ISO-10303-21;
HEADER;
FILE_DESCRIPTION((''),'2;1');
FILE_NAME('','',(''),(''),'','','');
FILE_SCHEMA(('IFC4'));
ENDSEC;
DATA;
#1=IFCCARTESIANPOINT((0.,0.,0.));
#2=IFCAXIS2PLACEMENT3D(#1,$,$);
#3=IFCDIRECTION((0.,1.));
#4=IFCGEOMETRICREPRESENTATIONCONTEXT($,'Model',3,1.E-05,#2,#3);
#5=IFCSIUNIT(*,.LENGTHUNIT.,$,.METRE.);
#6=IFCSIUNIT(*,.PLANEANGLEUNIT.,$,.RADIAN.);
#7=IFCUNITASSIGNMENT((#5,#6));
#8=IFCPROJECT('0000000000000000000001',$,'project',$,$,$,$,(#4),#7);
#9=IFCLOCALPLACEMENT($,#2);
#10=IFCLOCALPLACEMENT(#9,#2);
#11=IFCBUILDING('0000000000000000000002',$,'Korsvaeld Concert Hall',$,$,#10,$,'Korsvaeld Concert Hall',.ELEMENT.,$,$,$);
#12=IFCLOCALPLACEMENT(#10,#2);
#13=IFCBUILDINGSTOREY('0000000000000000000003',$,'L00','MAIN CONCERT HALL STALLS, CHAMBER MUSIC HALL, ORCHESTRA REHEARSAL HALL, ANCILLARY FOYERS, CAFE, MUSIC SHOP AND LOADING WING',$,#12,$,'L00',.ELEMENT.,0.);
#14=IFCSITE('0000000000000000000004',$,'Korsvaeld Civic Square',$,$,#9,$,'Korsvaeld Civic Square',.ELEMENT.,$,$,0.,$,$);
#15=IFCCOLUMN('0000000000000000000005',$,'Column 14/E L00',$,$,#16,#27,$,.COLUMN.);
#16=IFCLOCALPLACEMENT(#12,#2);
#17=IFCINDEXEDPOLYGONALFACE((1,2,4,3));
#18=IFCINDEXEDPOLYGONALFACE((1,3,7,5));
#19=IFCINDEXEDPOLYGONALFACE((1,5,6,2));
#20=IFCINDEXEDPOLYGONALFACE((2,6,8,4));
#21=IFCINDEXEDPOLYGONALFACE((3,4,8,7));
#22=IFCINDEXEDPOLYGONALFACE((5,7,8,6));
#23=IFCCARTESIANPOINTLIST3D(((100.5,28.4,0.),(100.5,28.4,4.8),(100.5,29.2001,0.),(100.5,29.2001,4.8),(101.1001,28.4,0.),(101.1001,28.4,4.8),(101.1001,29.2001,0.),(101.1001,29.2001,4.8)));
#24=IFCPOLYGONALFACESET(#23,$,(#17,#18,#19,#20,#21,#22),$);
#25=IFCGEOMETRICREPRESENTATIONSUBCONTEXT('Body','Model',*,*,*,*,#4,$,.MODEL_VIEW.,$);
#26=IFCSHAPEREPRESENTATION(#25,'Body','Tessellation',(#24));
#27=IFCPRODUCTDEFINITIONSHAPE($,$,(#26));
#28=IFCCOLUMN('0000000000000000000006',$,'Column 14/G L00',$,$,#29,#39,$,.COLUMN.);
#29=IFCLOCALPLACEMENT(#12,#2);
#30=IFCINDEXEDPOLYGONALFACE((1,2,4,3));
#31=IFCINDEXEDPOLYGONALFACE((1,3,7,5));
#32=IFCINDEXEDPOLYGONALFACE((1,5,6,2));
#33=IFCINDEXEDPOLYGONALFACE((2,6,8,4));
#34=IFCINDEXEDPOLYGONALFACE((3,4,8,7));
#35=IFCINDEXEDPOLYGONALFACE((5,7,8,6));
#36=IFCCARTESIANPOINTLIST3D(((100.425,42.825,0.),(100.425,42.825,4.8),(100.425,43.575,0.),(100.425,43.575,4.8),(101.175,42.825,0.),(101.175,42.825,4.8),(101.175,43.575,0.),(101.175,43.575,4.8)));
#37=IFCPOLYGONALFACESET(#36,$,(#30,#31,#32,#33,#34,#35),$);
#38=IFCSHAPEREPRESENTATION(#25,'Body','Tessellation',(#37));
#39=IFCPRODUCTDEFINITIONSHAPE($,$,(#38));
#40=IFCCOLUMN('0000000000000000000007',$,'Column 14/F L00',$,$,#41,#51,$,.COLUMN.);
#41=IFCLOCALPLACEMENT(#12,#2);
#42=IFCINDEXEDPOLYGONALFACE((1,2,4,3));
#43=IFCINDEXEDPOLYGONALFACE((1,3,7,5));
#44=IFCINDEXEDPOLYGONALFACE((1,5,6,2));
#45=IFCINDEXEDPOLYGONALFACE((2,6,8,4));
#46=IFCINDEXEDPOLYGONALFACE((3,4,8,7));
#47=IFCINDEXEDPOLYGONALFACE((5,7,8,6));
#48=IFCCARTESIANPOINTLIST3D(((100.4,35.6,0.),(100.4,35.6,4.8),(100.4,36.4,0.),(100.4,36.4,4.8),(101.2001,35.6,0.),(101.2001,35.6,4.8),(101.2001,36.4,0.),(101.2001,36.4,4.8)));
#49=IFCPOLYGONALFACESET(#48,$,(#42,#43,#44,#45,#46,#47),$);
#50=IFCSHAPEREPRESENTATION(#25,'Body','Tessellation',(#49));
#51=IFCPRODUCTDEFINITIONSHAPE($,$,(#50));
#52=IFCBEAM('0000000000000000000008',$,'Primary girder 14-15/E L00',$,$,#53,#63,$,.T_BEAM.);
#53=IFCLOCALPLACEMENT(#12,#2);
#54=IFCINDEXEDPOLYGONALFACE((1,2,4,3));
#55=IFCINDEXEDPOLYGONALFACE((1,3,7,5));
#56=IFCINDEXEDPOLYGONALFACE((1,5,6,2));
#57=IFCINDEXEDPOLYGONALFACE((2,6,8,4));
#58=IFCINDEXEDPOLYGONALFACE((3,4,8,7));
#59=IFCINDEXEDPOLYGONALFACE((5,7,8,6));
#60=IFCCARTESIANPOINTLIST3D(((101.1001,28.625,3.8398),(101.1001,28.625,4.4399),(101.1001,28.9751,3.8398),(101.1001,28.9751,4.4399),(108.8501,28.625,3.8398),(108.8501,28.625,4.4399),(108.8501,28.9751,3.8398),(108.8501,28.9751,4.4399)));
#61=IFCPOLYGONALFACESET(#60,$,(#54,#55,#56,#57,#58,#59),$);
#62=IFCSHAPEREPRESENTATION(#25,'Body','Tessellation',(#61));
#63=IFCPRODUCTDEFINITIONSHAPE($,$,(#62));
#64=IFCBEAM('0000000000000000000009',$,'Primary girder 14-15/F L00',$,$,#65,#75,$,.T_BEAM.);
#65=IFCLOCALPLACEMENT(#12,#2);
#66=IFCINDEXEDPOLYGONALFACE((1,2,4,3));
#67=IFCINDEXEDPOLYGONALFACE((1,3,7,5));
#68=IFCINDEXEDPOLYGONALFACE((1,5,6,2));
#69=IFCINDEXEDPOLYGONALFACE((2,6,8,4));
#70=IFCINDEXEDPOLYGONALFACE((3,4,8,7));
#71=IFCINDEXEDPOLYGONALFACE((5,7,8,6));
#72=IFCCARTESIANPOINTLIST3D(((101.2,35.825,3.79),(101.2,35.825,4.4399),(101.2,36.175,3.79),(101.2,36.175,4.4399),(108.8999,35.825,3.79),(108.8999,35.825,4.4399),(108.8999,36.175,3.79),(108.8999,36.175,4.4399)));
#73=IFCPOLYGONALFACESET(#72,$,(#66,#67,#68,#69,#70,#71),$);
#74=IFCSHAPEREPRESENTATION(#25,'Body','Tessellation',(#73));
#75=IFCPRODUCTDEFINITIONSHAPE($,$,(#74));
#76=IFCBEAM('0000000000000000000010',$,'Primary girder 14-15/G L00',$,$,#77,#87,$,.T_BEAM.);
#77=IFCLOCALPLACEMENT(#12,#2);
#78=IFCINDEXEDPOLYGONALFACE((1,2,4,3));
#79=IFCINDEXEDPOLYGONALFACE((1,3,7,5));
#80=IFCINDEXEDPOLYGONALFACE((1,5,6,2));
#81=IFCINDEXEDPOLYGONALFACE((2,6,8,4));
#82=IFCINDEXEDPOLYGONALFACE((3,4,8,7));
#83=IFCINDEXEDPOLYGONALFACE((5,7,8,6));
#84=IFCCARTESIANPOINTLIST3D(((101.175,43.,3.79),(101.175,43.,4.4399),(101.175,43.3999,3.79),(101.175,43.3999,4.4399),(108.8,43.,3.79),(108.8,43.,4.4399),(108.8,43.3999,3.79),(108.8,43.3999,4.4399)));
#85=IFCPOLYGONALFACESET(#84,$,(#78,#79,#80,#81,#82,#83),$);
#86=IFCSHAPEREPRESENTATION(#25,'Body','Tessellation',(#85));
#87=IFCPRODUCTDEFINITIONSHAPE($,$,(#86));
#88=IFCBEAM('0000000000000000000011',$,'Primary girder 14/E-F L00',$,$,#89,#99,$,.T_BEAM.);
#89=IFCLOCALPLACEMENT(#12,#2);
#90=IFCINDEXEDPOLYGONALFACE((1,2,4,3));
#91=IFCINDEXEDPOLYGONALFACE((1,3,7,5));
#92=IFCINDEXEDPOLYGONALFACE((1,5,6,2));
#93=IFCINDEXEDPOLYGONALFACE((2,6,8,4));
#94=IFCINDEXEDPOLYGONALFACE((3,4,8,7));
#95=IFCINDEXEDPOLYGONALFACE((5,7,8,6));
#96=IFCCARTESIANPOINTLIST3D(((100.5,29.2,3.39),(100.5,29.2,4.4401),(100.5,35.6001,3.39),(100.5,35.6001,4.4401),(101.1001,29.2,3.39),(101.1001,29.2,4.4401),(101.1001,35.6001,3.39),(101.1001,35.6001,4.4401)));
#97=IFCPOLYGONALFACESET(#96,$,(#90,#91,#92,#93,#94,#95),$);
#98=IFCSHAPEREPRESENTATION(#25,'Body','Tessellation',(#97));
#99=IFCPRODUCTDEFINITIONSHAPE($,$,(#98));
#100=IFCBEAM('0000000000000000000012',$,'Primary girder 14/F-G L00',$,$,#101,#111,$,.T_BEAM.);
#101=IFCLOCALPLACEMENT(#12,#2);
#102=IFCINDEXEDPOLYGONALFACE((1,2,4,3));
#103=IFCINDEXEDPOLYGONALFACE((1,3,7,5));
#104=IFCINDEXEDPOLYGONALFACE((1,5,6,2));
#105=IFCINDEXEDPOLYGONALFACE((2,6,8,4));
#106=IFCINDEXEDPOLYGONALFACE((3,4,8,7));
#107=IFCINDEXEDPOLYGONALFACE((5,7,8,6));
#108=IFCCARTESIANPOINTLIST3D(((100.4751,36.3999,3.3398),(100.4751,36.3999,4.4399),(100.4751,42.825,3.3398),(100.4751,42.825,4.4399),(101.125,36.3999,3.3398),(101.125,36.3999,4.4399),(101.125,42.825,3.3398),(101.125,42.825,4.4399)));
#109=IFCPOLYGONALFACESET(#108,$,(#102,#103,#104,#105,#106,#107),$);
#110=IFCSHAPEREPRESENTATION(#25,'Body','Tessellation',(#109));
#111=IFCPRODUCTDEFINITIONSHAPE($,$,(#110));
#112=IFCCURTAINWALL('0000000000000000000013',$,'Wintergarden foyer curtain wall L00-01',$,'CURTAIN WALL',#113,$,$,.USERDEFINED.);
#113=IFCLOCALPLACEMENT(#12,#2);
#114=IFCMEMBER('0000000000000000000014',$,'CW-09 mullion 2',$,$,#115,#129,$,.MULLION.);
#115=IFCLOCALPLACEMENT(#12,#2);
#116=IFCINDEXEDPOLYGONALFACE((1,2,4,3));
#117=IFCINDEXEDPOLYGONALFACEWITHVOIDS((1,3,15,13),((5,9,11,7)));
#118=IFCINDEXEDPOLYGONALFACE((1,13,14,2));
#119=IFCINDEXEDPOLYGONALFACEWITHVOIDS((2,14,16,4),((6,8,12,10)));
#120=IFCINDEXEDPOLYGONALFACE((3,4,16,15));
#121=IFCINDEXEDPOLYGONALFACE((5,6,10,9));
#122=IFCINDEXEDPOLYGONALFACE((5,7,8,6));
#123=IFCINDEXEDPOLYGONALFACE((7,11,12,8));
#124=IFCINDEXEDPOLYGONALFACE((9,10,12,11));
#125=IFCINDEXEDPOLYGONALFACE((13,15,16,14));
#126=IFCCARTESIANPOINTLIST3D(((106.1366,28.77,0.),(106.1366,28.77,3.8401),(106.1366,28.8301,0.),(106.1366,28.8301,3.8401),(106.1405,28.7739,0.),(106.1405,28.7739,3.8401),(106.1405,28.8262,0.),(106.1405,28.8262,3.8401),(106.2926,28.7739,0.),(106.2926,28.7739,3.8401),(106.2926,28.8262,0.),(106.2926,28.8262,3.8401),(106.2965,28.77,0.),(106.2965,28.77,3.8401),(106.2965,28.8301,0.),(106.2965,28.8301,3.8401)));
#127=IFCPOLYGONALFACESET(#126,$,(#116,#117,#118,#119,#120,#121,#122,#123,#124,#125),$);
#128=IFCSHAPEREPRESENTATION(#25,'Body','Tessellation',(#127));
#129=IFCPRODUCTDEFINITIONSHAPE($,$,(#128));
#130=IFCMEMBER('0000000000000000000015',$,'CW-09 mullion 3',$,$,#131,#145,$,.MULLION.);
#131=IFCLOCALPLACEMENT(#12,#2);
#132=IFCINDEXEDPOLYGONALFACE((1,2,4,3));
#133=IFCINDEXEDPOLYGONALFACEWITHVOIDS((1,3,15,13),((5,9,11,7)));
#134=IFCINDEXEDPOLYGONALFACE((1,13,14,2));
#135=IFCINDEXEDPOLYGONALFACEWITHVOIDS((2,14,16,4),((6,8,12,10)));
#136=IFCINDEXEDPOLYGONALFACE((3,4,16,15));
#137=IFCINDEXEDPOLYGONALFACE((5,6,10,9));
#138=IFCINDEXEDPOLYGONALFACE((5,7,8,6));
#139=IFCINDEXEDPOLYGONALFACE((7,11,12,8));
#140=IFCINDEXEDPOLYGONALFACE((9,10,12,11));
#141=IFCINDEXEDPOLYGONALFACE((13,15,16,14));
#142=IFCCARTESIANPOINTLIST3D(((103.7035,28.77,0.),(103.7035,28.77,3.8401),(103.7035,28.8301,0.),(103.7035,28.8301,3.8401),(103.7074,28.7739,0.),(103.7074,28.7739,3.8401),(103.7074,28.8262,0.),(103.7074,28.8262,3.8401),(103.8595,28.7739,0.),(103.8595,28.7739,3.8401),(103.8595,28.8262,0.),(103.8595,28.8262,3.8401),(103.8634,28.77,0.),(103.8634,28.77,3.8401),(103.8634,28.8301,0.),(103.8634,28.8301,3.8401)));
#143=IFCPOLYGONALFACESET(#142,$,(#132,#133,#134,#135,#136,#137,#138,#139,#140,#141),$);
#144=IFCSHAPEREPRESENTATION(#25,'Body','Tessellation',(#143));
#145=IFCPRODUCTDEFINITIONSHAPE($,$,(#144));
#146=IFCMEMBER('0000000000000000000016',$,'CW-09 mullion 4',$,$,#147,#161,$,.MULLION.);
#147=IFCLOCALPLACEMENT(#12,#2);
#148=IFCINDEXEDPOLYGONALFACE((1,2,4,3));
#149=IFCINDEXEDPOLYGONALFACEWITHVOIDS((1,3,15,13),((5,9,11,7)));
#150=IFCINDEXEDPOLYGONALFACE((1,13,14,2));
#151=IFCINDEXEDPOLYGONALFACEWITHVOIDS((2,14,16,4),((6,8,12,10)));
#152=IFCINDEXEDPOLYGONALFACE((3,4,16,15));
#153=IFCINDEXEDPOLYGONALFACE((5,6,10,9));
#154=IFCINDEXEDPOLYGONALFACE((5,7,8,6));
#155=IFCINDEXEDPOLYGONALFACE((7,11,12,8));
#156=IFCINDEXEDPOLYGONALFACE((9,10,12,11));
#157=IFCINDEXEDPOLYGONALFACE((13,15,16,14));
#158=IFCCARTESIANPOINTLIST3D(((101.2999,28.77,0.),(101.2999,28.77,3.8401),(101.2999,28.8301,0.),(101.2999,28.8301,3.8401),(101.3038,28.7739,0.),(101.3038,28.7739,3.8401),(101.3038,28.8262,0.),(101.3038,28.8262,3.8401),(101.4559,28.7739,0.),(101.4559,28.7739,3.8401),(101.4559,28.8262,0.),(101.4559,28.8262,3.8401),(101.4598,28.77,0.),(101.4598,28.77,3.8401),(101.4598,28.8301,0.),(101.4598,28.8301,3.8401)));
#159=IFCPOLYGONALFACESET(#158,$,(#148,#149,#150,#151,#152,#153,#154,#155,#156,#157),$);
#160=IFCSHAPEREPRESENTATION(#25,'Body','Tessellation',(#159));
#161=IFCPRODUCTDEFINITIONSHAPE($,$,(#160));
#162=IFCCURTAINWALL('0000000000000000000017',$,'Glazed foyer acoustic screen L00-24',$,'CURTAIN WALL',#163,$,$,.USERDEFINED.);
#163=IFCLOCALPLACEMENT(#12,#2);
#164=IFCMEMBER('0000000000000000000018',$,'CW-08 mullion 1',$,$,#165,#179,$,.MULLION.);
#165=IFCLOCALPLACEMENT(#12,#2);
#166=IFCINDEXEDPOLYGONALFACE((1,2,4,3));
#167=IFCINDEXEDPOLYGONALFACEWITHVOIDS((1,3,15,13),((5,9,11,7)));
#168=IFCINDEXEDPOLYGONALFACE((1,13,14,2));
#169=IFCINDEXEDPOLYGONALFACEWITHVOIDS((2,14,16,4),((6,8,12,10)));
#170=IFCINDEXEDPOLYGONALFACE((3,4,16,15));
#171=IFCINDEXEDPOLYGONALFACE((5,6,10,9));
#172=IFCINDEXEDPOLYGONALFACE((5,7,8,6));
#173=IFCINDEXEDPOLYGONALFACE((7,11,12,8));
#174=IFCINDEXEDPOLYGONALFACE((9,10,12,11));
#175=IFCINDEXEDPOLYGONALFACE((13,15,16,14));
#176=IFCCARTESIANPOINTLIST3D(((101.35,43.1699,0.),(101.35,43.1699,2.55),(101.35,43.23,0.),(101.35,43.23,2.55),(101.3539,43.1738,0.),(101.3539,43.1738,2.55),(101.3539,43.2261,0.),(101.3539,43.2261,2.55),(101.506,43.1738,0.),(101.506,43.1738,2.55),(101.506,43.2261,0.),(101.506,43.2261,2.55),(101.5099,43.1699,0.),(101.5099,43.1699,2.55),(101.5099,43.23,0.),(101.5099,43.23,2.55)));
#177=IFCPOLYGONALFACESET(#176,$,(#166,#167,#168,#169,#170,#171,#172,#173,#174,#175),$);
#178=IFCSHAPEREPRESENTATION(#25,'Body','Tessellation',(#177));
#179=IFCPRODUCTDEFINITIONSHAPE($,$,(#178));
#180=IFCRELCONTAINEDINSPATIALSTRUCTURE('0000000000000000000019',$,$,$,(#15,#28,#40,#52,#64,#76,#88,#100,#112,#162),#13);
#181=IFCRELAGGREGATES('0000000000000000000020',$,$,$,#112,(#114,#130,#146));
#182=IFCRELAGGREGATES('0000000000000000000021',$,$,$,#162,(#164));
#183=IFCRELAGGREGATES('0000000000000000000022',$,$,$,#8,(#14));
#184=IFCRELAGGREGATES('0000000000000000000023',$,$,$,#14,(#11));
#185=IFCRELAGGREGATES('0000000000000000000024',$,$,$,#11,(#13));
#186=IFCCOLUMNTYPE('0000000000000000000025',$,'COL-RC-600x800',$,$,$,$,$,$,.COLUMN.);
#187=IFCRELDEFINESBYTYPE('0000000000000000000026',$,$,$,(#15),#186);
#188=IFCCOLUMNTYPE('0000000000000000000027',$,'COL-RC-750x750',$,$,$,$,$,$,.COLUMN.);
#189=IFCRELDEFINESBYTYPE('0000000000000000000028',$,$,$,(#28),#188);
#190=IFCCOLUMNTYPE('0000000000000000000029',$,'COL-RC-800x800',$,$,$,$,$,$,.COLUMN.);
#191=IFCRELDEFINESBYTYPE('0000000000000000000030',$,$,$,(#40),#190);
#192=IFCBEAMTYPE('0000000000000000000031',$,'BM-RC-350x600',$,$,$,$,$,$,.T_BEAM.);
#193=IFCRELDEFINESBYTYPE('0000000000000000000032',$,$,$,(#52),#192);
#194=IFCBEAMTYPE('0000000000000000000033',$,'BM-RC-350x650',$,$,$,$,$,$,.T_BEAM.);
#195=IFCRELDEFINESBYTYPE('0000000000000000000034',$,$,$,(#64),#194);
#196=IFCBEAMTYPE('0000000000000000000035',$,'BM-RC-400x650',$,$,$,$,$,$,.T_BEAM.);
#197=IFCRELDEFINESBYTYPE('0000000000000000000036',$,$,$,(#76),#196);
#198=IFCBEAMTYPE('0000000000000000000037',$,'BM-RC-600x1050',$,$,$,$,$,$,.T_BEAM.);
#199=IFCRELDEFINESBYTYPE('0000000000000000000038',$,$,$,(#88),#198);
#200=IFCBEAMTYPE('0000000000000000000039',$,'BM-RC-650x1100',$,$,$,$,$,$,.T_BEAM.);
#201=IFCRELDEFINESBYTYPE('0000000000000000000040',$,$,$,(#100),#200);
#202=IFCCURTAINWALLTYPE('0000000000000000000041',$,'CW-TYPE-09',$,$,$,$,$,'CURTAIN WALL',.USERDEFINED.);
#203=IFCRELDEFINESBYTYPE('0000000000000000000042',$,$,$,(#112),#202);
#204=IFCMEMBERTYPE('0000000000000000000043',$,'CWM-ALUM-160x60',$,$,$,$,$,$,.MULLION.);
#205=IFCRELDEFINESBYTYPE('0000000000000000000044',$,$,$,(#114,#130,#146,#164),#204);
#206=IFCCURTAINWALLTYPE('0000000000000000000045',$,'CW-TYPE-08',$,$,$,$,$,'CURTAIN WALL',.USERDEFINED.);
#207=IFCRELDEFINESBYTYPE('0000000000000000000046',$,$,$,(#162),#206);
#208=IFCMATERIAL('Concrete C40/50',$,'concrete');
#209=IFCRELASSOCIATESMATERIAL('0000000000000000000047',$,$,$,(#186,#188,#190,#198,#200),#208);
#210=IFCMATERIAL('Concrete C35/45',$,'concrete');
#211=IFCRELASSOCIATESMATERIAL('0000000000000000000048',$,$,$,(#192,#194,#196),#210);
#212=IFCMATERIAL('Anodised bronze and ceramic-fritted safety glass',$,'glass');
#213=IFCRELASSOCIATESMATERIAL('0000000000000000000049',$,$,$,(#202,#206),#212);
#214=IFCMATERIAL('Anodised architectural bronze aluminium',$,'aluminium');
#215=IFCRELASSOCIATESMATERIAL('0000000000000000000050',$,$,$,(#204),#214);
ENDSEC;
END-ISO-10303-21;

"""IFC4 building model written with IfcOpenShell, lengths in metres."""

from ifc_helpers import new_model, si_unit, direction, frame, origin, origin_2d, place, context, subcontext, project, spatial, rectangle, hollow_rectangle, extrude, material, material_profile, profile_set, type_object, element, aggregate, save


model = new_model("IFC4")

# Units and contexts
model_context = context("Model", 3, precision=1e-05, world=origin(), true_north=direction((0.0, 1.0)))
body_context = subcontext(model_context, "Body", "Model", "MODEL_VIEW")
ifc_project = project(units=[si_unit("LENGTHUNIT", "METRE"), si_unit("PLANEANGLEUNIT", "RADIAN")], contexts=[model_context])

# Site, building, storey
site_placement = place(None, origin())
site = spatial("IfcSite", under=ifc_project, at=site_placement, Name="Korsvaeld Civic Square", LongName="Korsvaeld Civic Square", CompositionType="ELEMENT", RefElevation=0.0)
building_placement = place(site_placement, origin())
building = spatial("IfcBuilding", under=site, at=building_placement, Name="Korsvaeld Concert Hall", LongName="Korsvaeld Concert Hall", CompositionType="ELEMENT")
storey_placement = place(building_placement, origin())
storey = spatial("IfcBuildingStorey", under=building, at=storey_placement, Name="L00", Description="MAIN CONCERT HALL STALLS, CHAMBER MUSIC HALL, ORCHESTRA REHEARSAL HALL, ANCILLARY FOYERS, CAFE, MUSIC SHOP AND LOADING WING", LongName="L00", CompositionType="ELEMENT", Elevation=0.0)

# Columns
ifc_material_1 = material(Name="Concrete C40/50", Category="concrete")
ifc_material_profile_1 = material_profile(ifc_material_1, rectangle(XDim=0.6001, YDim=0.8, at=origin_2d()), Name="RC 600x800")
ifc_profile_set_1 = profile_set([ifc_material_profile_1], Name="Concrete C40/50")
column_type_1 = type_object("IfcColumnType", Name="COL-RC-600x800", PredefinedType="COLUMN", material=ifc_profile_set_1)
column_1_placement = place(storey_placement, frame((100.8, 28.8, 0.0), z_axis=(0.0, 0.0, 1.0), x_axis=(1.0, 0.0, 0.0)))
element("IfcColumn", 1, at=column_1_placement, inside=storey, type_object=column_type_1, Name="Column 14/E L00", PredefinedType="COLUMN", context=body_context, shape_type="SweptSolid", body=[
    extrude(rectangle(XDim=0.6001, YDim=0.8, at=origin_2d()), origin(), (0.0, 0.0, 1.0), 4.8),
])
ifc_material_profile_2 = material_profile(ifc_material_1, rectangle(XDim=0.75, YDim=0.75, at=origin_2d()), Name="RC 750x750")
ifc_profile_set_2 = profile_set([ifc_material_profile_2], Name="Concrete C40/50")
column_type_2 = type_object("IfcColumnType", Name="COL-RC-750x750", PredefinedType="COLUMN", material=ifc_profile_set_2)
column_2_placement = place(storey_placement, frame((100.8, 43.2, 0.0), z_axis=(0.0, 0.0, 1.0), x_axis=(1.0, 0.0, 0.0)))
element("IfcColumn", 2, at=column_2_placement, inside=storey, type_object=column_type_2, Name="Column 14/G L00", PredefinedType="COLUMN", context=body_context, shape_type="SweptSolid", body=[
    extrude(rectangle(XDim=0.75, YDim=0.75, at=origin_2d()), origin(), (0.0, 0.0, 1.0), 4.8),
])
ifc_material_profile_3 = material_profile(ifc_material_1, rectangle(XDim=0.8, YDim=0.8, at=origin_2d()), Name="RC 800x800")
ifc_profile_set_3 = profile_set([ifc_material_profile_3], Name="Concrete C40/50")
column_type_3 = type_object("IfcColumnType", Name="COL-RC-800x800", PredefinedType="COLUMN", material=ifc_profile_set_3)
column_3_placement = place(storey_placement, frame((100.8, 36.0, 0.0), z_axis=(0.0, 0.0, 1.0), x_axis=(1.0, 0.0, 0.0)))
element("IfcColumn", 3, at=column_3_placement, inside=storey, type_object=column_type_3, Name="Column 14/F L00", PredefinedType="COLUMN", context=body_context, shape_type="SweptSolid", body=[
    extrude(rectangle(XDim=0.8, YDim=0.8, at=origin_2d()), origin(), (0.0, 0.0, 1.0), 4.8),
])

# Beams
ifc_material_2 = material(Name="Concrete C35/45", Category="concrete")
ifc_material_profile_4 = material_profile(ifc_material_2, rectangle(XDim=0.3501, YDim=0.6001, at=origin_2d()), Name="RC 350x600")
ifc_profile_set_4 = profile_set([ifc_material_profile_4], Name="Concrete C35/45")
beam_type_1 = type_object("IfcBeamType", Name="BM-RC-350x600", PredefinedType="T_BEAM", material=ifc_profile_set_4)
beam_1_placement = place(storey_placement, frame((101.1001, 28.8, 4.1399), z_axis=(1.0, 0.0, 0.0), x_axis=(0.0, 1.0, 0.0)))
element("IfcBeam", 4, at=beam_1_placement, inside=storey, type_object=beam_type_1, Name="Primary girder 14-15/E L00", PredefinedType="T_BEAM", context=body_context, shape_type="SweptSolid", body=[
    extrude(rectangle(XDim=0.3501, YDim=0.6001, at=origin_2d()), origin(), (0.0, 0.0, 1.0), 7.75),
])
ifc_material_profile_5 = material_profile(ifc_material_2, rectangle(XDim=0.3501, YDim=0.6499, at=origin_2d()), Name="RC 350x650")
ifc_profile_set_5 = profile_set([ifc_material_profile_5], Name="Concrete C35/45")
beam_type_2 = type_object("IfcBeamType", Name="BM-RC-350x650", PredefinedType="T_BEAM", material=ifc_profile_set_5)
beam_2_placement = place(storey_placement, frame((101.2, 36.0, 4.115), z_axis=(1.0, 0.0, 0.0), x_axis=(0.0, 1.0, 0.0)))
element("IfcBeam", 5, at=beam_2_placement, inside=storey, type_object=beam_type_2, Name="Primary girder 14-15/F L00", PredefinedType="T_BEAM", context=body_context, shape_type="SweptSolid", body=[
    extrude(rectangle(XDim=0.3501, YDim=0.6499, at=origin_2d()), origin(), (0.0, 0.0, 1.0), 7.7),
])
ifc_material_profile_6 = material_profile(ifc_material_2, rectangle(XDim=0.3999, YDim=0.6499, at=origin_2d()), Name="RC 400x650")
ifc_profile_set_6 = profile_set([ifc_material_profile_6], Name="Concrete C35/45")
beam_type_3 = type_object("IfcBeamType", Name="BM-RC-400x650", PredefinedType="T_BEAM", material=ifc_profile_set_6)
beam_3_placement = place(storey_placement, frame((101.175, 43.2, 4.115), z_axis=(1.0, 0.0, 0.0), x_axis=(0.0, 1.0, 0.0)))
element("IfcBeam", 6, at=beam_3_placement, inside=storey, type_object=beam_type_3, Name="Primary girder 14-15/G L00", PredefinedType="T_BEAM", context=body_context, shape_type="SweptSolid", body=[
    extrude(rectangle(XDim=0.3999, YDim=0.6499, at=origin_2d()), origin(), (0.0, 0.0, 1.0), 7.625),
])
ifc_material_profile_7 = material_profile(ifc_material_1, rectangle(XDim=0.6001, YDim=1.05, at=origin_2d()), Name="RC 600x1050")
ifc_profile_set_7 = profile_set([ifc_material_profile_7], Name="Concrete C40/50")
beam_type_4 = type_object("IfcBeamType", Name="BM-RC-600x1050", PredefinedType="T_BEAM", material=ifc_profile_set_7)
beam_4_placement = place(storey_placement, frame((100.8, 29.2, 3.915), z_axis=(0.0, 1.0, 0.0), x_axis=(-1.0, 0.0, 0.0)))
element("IfcBeam", 7, at=beam_4_placement, inside=storey, type_object=beam_type_4, Name="Primary girder 14/E-F L00", PredefinedType="T_BEAM", context=body_context, shape_type="SweptSolid", body=[
    extrude(rectangle(XDim=0.6001, YDim=1.05, at=origin_2d()), origin(), (0.0, 0.0, 1.0), 6.4001),
])
ifc_material_profile_8 = material_profile(ifc_material_1, rectangle(XDim=0.6499, YDim=1.1001, at=origin_2d()), Name="RC 650x1100")
ifc_profile_set_8 = profile_set([ifc_material_profile_8], Name="Concrete C40/50")
beam_type_5 = type_object("IfcBeamType", Name="BM-RC-650x1100", PredefinedType="T_BEAM", material=ifc_profile_set_8)
beam_5_placement = place(storey_placement, frame((100.8, 36.3999, 3.8899), z_axis=(0.0, 1.0, 0.0), x_axis=(-1.0, 0.0, 0.0)))
element("IfcBeam", 8, at=beam_5_placement, inside=storey, type_object=beam_type_5, Name="Primary girder 14/F-G L00", PredefinedType="T_BEAM", context=body_context, shape_type="SweptSolid", body=[
    extrude(rectangle(XDim=0.6499, YDim=1.1001, at=origin_2d()), origin(), (0.0, 0.0, 1.0), 6.425),
])

# Curtain walls, members
ifc_material_3 = material(Name="Anodised bronze and ceramic-fritted safety glass", Category="glass")
curtain_wall_type_1 = type_object("IfcCurtainWallType", Name="CW-TYPE-09", ElementType="CURTAIN WALL", PredefinedType="USERDEFINED", material=ifc_material_3)
curtain_wall_1_placement = place(storey_placement, origin())
curtain_wall_1 = element("IfcCurtainWall", 9, at=curtain_wall_1_placement, inside=storey, type_object=curtain_wall_type_1, Name="Wintergarden foyer curtain wall L00-01", ObjectType="CURTAIN WALL", PredefinedType="USERDEFINED")
ifc_material_4 = material(Name="Anodised architectural bronze aluminium", Category="aluminium")
ifc_material_profile_9 = material_profile(ifc_material_4, hollow_rectangle(XDim=0.0601, YDim=0.1599, WallThickness=0.0039, at=origin_2d()), Name="CWM 160x60x4")
ifc_profile_set_9 = profile_set([ifc_material_profile_9], Name="Anodised architectural bronze aluminium")
member_type_1 = type_object("IfcMemberType", Name="CWM-ALUM-160x60", PredefinedType="MULLION", material=ifc_profile_set_9)
member_1_placement = place(storey_placement, frame((106.2166, 28.8, 0.0), z_axis=(0.0, 0.0, 1.0), x_axis=(0.0, -1.0, 0.0)))
member_1 = element("IfcMember", 10, at=member_1_placement, type_object=member_type_1, Name="CW-09 mullion 2", PredefinedType="MULLION", context=body_context, shape_type="SweptSolid", body=[
    extrude(hollow_rectangle(XDim=0.0601, YDim=0.1599, WallThickness=0.0039, at=origin_2d()), origin(), (0.0, 0.0, 1.0), 3.8401),
])
member_2_placement = place(storey_placement, frame((103.7834, 28.8, 0.0), z_axis=(0.0, 0.0, 1.0), x_axis=(0.0, -1.0, 0.0)))
member_2 = element("IfcMember", 11, at=member_2_placement, type_object=member_type_1, Name="CW-09 mullion 3", PredefinedType="MULLION", context=body_context, shape_type="SweptSolid", body=[
    extrude(hollow_rectangle(XDim=0.0601, YDim=0.1599, WallThickness=0.0039, at=origin_2d()), origin(), (0.0, 0.0, 1.0), 3.8401),
])
member_3_placement = place(storey_placement, frame((101.3799, 28.8, 0.0), z_axis=(0.0, 0.0, 1.0), x_axis=(0.0, -1.0, 0.0)))
member_3 = element("IfcMember", 12, at=member_3_placement, type_object=member_type_1, Name="CW-09 mullion 4", PredefinedType="MULLION", context=body_context, shape_type="SweptSolid", body=[
    extrude(hollow_rectangle(XDim=0.0601, YDim=0.1599, WallThickness=0.0039, at=origin_2d()), origin(), (0.0, 0.0, 1.0), 3.8401),
])
curtain_wall_type_2 = type_object("IfcCurtainWallType", Name="CW-TYPE-08", ElementType="CURTAIN WALL", PredefinedType="USERDEFINED", material=ifc_material_3)
curtain_wall_2_placement = place(storey_placement, origin())
curtain_wall_2 = element("IfcCurtainWall", 13, at=curtain_wall_2_placement, inside=storey, type_object=curtain_wall_type_2, Name="Glazed foyer acoustic screen L00-24", ObjectType="CURTAIN WALL", PredefinedType="USERDEFINED")
member_4_placement = place(storey_placement, frame((101.4299, 43.2, 0.0), z_axis=(0.0, 0.0, 1.0), x_axis=(0.0, 1.0, 0.0)))
member_4 = element("IfcMember", 14, at=member_4_placement, type_object=member_type_1, Name="CW-08 mullion 1", PredefinedType="MULLION", context=body_context, shape_type="SweptSolid", body=[
    extrude(hollow_rectangle(XDim=0.0601, YDim=0.1599, WallThickness=0.0039, at=origin_2d()), origin(), (0.0, 0.0, 1.0), 2.55),
])

aggregate(curtain_wall_1, [member_1, member_2, member_3])
aggregate(curtain_wall_2, [member_4])

save(model, "model.ifc")
